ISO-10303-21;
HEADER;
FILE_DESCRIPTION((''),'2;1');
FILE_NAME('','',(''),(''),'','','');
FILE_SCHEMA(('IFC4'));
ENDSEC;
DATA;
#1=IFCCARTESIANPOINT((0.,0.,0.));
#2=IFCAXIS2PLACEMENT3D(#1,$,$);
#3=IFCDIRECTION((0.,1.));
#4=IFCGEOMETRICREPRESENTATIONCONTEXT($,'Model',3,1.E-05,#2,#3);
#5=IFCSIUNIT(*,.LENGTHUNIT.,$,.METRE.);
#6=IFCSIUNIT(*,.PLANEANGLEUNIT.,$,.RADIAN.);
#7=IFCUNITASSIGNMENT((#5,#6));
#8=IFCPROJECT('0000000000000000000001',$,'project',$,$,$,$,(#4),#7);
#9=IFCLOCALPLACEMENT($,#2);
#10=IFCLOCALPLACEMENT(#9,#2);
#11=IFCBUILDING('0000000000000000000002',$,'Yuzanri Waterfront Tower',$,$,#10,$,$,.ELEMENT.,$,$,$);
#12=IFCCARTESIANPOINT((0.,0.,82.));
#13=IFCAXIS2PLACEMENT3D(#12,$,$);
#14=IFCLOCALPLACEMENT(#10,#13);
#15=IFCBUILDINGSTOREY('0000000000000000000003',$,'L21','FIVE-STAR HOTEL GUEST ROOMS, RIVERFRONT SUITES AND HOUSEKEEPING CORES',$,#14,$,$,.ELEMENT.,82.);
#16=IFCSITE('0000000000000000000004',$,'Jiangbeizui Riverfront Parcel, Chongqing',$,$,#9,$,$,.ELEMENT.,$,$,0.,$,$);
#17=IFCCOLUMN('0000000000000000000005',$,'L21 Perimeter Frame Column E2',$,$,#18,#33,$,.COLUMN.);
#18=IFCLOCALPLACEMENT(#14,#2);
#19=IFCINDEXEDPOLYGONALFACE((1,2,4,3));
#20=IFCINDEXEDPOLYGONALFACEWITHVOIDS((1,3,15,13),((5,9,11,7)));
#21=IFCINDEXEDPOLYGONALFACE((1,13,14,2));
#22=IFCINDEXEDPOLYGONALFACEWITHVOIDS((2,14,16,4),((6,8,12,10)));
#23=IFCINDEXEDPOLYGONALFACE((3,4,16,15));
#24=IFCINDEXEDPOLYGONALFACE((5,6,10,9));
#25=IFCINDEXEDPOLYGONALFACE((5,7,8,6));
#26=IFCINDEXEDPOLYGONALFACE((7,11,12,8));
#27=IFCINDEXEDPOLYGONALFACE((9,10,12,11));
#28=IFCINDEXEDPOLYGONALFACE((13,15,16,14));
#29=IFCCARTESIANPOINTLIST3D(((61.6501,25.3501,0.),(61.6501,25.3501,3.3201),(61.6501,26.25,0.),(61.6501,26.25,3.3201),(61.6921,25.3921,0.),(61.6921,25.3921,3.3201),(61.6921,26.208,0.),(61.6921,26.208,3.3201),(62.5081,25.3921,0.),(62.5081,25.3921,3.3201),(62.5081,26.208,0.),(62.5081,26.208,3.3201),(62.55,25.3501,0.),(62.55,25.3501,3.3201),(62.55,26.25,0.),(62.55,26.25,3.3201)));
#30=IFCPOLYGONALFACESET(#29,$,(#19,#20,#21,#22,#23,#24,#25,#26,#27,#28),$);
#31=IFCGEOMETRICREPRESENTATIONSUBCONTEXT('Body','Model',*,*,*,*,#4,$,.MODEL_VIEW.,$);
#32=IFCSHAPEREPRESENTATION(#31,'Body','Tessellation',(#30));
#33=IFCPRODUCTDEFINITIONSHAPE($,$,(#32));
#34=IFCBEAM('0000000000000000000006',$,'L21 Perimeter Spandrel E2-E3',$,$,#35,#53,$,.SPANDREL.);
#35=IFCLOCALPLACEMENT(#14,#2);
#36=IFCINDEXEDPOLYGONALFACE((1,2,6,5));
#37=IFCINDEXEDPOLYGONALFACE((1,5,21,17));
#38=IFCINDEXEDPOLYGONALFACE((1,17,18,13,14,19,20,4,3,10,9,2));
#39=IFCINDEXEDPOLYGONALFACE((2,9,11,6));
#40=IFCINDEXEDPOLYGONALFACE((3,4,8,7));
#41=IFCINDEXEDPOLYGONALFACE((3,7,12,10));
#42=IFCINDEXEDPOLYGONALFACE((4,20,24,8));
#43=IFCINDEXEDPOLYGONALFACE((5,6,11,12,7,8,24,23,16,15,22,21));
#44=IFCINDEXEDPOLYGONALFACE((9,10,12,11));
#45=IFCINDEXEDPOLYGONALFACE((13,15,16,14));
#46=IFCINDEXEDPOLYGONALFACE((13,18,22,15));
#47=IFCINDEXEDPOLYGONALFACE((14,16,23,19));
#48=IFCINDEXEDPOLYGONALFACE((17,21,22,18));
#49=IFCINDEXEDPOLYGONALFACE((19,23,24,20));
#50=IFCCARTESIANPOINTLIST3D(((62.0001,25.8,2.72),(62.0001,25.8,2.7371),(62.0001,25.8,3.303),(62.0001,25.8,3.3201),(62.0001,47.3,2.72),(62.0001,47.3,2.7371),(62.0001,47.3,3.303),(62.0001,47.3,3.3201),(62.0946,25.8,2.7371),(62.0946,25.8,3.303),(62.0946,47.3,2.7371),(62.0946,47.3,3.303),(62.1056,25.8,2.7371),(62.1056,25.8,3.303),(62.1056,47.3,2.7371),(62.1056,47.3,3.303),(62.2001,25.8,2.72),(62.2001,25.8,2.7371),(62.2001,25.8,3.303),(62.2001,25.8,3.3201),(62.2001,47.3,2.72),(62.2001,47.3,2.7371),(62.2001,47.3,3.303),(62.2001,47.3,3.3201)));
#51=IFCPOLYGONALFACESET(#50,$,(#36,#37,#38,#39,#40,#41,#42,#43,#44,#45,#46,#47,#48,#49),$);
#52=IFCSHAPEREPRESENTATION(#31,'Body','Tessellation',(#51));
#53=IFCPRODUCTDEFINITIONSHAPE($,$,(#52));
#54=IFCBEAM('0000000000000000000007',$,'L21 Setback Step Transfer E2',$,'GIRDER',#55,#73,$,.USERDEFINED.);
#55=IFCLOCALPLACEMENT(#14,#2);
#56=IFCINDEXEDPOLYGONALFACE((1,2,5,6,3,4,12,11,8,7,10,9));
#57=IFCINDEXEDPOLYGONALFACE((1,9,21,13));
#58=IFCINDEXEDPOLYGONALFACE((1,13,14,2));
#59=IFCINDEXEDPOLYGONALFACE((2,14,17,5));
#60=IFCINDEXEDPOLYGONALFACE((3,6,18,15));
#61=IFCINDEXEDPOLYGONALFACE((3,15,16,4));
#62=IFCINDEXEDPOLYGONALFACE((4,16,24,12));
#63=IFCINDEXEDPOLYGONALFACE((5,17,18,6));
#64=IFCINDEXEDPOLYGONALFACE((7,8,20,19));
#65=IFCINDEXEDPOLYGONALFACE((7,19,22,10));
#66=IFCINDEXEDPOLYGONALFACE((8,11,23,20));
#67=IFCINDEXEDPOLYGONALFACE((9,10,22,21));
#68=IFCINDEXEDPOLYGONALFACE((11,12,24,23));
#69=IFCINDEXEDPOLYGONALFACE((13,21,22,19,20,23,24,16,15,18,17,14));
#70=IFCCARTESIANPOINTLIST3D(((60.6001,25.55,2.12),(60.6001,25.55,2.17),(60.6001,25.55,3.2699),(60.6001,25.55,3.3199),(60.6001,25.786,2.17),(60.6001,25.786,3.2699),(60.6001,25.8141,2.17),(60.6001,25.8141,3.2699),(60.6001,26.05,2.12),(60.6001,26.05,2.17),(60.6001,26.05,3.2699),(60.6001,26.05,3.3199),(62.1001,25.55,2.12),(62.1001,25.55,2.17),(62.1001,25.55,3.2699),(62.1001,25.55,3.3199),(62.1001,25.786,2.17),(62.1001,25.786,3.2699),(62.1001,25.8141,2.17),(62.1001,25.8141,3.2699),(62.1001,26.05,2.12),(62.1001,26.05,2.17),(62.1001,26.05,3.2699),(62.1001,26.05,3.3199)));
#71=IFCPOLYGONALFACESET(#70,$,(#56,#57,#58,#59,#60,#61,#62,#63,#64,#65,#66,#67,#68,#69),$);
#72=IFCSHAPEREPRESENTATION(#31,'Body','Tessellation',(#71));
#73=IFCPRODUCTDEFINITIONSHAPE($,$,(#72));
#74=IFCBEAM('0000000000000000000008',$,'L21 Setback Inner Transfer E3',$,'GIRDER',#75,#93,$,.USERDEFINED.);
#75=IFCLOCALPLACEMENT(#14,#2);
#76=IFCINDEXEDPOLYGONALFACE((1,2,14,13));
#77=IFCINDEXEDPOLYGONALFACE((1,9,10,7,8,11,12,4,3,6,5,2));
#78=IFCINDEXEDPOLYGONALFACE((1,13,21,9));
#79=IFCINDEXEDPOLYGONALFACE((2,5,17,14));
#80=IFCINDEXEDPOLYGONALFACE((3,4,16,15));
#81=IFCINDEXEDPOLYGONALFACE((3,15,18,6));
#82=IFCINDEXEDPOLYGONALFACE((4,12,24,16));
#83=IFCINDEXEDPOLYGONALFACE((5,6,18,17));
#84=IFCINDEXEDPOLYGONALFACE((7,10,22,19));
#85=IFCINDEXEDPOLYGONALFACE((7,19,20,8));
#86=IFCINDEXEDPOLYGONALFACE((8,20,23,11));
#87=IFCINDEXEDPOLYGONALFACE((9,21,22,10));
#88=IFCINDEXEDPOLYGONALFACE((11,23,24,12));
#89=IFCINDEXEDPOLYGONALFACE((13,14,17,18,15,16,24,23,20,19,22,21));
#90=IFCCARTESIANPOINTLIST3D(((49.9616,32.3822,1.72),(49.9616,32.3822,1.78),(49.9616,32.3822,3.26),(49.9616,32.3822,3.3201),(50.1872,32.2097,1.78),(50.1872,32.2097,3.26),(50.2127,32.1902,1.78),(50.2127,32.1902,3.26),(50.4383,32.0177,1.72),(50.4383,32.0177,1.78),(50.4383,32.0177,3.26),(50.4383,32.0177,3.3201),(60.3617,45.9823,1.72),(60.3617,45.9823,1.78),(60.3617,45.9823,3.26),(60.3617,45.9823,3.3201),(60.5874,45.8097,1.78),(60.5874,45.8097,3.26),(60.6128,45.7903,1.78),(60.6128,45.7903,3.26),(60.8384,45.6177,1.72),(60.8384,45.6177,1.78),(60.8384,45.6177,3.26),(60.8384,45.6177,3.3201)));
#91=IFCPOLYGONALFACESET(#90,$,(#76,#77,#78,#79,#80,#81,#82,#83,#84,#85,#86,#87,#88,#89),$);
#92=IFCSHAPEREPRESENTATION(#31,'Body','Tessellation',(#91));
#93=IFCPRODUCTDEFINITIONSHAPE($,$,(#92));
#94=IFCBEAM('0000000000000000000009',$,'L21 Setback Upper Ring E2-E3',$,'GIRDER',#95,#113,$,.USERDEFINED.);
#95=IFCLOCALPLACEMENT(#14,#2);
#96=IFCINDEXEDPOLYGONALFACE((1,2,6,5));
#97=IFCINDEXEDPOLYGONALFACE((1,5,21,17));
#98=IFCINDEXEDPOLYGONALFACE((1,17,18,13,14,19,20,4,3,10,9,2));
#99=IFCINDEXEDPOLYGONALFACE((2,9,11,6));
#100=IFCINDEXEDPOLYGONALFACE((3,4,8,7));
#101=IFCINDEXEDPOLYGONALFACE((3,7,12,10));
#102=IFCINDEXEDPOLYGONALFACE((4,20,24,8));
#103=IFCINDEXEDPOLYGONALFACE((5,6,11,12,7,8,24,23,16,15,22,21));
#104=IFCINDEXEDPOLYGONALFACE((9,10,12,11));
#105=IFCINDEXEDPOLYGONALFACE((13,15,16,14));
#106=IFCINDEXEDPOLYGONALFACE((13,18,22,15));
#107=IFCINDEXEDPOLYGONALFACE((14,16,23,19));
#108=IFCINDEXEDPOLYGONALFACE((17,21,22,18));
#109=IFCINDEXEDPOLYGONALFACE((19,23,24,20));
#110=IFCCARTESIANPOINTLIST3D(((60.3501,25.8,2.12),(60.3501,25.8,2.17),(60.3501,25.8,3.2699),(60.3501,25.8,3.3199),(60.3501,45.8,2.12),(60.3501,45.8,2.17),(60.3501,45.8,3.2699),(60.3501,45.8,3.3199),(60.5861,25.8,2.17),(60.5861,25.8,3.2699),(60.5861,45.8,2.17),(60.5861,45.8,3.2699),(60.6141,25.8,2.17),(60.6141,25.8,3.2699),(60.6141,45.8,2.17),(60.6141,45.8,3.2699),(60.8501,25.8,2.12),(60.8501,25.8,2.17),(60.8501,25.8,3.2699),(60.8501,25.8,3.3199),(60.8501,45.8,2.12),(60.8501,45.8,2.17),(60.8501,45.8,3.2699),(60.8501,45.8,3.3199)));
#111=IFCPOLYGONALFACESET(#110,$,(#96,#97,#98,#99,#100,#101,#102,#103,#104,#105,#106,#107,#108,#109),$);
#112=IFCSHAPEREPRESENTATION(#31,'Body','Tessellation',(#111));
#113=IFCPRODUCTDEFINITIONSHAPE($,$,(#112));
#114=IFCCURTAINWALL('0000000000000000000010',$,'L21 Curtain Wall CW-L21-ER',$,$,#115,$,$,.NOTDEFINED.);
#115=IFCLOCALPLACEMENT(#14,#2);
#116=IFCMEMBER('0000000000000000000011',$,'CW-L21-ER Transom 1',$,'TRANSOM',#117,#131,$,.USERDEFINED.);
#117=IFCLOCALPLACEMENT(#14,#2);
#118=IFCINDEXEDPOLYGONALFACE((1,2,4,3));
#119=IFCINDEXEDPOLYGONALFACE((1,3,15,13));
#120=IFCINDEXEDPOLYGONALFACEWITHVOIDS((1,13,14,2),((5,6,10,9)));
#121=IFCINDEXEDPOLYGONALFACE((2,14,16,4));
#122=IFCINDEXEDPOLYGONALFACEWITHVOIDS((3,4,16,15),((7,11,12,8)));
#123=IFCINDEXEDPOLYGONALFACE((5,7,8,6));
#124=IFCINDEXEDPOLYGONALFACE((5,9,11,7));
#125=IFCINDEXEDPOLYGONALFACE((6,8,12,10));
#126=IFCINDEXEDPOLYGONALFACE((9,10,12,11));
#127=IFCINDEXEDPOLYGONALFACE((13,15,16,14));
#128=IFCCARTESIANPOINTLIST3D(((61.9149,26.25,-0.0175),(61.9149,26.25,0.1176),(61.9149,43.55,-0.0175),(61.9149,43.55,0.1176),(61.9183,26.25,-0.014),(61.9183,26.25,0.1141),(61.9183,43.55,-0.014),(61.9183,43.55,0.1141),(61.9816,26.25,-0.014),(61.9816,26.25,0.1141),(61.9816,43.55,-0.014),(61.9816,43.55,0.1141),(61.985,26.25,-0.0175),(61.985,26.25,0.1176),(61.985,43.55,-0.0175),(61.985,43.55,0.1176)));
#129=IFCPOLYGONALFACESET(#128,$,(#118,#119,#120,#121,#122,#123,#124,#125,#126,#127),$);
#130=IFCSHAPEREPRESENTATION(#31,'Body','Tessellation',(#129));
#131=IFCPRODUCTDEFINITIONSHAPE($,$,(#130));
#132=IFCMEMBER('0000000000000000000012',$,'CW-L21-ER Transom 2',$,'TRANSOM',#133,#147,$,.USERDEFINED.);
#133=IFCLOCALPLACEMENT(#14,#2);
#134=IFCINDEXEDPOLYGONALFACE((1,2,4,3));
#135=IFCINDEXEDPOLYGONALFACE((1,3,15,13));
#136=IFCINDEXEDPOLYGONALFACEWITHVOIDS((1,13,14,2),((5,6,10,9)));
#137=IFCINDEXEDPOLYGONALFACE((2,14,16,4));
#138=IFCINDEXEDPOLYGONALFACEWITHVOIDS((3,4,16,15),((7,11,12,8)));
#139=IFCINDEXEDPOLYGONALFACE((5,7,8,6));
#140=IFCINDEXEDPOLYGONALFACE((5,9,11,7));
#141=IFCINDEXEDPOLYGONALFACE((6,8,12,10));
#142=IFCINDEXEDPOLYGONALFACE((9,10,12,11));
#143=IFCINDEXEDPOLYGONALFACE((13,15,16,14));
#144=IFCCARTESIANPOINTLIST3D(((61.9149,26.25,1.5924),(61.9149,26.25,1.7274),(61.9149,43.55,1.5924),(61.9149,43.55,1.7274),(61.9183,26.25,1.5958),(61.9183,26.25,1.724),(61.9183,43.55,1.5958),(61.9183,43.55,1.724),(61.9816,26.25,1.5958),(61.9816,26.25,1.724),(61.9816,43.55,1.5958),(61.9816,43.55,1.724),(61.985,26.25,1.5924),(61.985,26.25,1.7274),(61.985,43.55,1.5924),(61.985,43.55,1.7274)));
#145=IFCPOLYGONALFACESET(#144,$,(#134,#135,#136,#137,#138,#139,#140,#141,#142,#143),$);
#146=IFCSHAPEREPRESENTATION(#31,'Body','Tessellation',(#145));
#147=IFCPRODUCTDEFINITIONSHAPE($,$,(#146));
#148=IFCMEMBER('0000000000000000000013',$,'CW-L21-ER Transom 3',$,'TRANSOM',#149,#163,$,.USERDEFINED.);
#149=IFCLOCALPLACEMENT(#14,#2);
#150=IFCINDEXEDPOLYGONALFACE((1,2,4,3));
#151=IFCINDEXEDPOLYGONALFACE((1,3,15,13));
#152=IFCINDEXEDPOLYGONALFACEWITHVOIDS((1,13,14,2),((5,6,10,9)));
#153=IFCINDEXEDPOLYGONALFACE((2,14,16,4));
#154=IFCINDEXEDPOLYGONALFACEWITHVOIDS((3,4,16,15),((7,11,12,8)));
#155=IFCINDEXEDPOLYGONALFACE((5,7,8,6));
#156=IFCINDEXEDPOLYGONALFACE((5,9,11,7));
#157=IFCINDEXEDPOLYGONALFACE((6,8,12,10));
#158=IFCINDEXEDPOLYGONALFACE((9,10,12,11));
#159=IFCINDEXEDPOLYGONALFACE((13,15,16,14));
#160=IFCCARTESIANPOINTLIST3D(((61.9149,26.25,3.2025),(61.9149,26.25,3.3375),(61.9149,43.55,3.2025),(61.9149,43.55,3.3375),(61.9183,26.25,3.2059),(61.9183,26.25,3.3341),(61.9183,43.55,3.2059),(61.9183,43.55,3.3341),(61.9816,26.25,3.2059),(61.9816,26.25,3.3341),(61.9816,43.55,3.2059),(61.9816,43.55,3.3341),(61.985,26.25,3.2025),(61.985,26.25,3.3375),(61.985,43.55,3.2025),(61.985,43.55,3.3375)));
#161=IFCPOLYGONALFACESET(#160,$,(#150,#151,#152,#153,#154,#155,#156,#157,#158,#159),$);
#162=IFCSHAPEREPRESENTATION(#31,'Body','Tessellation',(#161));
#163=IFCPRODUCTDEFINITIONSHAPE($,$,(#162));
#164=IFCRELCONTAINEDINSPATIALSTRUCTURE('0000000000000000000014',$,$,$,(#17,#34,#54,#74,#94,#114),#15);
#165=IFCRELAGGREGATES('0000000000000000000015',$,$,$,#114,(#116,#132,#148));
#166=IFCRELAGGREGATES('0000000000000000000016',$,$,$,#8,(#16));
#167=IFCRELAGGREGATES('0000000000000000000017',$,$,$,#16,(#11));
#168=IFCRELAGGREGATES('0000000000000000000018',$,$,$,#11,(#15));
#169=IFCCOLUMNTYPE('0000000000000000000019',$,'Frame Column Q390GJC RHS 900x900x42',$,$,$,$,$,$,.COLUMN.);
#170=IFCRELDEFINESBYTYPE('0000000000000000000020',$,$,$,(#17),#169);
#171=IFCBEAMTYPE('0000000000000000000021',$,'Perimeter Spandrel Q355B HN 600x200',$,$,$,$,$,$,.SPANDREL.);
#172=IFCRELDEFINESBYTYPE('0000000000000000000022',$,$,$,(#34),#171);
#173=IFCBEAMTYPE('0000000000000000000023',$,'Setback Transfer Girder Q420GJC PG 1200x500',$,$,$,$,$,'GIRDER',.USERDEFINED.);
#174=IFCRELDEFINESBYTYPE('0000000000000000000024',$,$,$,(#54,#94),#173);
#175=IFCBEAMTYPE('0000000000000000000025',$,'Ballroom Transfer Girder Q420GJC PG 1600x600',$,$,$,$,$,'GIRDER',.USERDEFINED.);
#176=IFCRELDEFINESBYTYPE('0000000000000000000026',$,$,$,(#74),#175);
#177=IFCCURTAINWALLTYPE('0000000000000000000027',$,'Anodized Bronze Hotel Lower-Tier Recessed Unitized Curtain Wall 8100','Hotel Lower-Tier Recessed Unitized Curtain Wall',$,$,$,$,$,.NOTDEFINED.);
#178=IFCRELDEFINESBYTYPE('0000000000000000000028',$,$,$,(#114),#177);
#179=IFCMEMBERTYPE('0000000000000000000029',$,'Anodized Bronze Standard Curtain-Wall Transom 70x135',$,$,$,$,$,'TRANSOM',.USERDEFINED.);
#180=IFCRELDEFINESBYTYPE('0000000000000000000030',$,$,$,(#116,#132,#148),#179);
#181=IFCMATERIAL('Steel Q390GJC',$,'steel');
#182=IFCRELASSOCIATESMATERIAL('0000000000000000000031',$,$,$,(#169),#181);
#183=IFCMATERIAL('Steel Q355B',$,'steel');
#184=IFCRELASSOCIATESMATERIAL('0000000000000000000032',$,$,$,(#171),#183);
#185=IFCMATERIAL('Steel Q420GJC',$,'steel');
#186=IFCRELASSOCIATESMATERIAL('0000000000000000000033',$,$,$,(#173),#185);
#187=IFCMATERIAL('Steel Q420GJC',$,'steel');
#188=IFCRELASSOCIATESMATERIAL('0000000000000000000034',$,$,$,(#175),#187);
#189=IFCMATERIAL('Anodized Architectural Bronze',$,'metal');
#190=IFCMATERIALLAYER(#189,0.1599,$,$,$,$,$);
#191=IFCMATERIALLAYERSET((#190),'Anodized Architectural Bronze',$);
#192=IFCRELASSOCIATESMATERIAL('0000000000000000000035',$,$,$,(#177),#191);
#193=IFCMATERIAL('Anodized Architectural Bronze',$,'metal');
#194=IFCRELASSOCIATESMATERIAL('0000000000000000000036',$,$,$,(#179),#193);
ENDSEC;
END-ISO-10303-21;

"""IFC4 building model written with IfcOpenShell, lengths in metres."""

from ifc_helpers import new_model, si_unit, direction, frame, origin, origin_2d, place, context, subcontext, project, spatial, hollow_rectangle, i_section, extrude, source, transform, mapped, material, layer, layer_set, material_profile, profile_set, type_object, element, aggregate, save


model = new_model("IFC4")

# Units and contexts
model_context = context("Model", 3, precision=1e-05, world=origin(), true_north=direction((0.0, 1.0)))
body_context = subcontext(model_context, "Body", "Model", "MODEL_VIEW")
ifc_project = project(units=[si_unit("LENGTHUNIT", "METRE"), si_unit("PLANEANGLEUNIT", "RADIAN")], contexts=[model_context])

# Site, building, storey
site_placement = place(None, origin())
site = spatial("IfcSite", under=ifc_project, at=site_placement, Name="Jiangbeizui Riverfront Parcel, Chongqing", CompositionType="ELEMENT", RefElevation=0.0)
building_placement = place(site_placement, origin())
building = spatial("IfcBuilding", under=site, at=building_placement, Name="Yuzanri Waterfront Tower", CompositionType="ELEMENT")
storey_placement = place(building_placement, frame((0.0, 0.0, 82.0)))
storey = spatial("IfcBuildingStorey", under=building, at=storey_placement, Name="L21", Description="FIVE-STAR HOTEL GUEST ROOMS, RIVERFRONT SUITES AND HOUSEKEEPING CORES", CompositionType="ELEMENT", Elevation=82.0)

# Column
ifc_material_1 = material(Name="Steel Q390GJC", Category="steel")
ifc_material_profile_1 = material_profile(ifc_material_1, hollow_rectangle(XDim=0.8999, YDim=0.8999, WallThickness=0.042, at=origin_2d()), Name="RHS 900x900x42")
ifc_profile_set_1 = profile_set([ifc_material_profile_1], Name="Steel Q390GJC")
column_type = type_object("IfcColumnType", Name="Frame Column Q390GJC RHS 900x900x42", PredefinedType="COLUMN", material=ifc_profile_set_1)
shared_shape_1 = source(origin(), body_context, "Body", "SweptSolid", [
    extrude(hollow_rectangle(XDim=0.8999, YDim=0.8999, WallThickness=0.042, at=origin_2d()), origin(), (0.0, 0.0, 1.0), 3.3201),
])
column_placement = place(storey_placement, frame((62.1001, 25.8, 0.0), z_axis=(0.0, 0.0, 1.0), x_axis=(1.0, 0.0, 0.0)))
element("IfcColumn", 1, at=column_placement, inside=storey, type_object=column_type, Name="L21 Perimeter Frame Column E2", PredefinedType="COLUMN", context=body_context, shape_type="MappedRepresentation", body=[
    mapped(shared_shape_1, transform((0.0, 0.0, 0.0), scale=1.0)),
])

# Beams
ifc_material_2 = material(Name="Steel Q355B", Category="steel")
ifc_material_profile_2 = material_profile(ifc_material_2, i_section(OverallWidth=0.2, OverallDepth=0.6001, WebThickness=0.011, FlangeThickness=0.0171, at=origin_2d()), Name="HN 600x200x11x17")
ifc_profile_set_2 = profile_set([ifc_material_profile_2], Name="Steel Q355B")
beam_type_1 = type_object("IfcBeamType", Name="Perimeter Spandrel Q355B HN 600x200", PredefinedType="SPANDREL", material=ifc_profile_set_2)
shared_shape_2 = source(origin(), body_context, "Body", "SweptSolid", [
    extrude(i_section(OverallWidth=0.2, OverallDepth=0.6001, WebThickness=0.011, FlangeThickness=0.0171, at=origin_2d()), origin(), (0.0, 0.0, 1.0), 21.5),
])
beam_1_placement = place(storey_placement, frame((62.1001, 25.8, 3.02), z_axis=(0.0, 1.0, 0.0), x_axis=(-1.0, 0.0, 0.0)))
element("IfcBeam", 2, at=beam_1_placement, inside=storey, type_object=beam_type_1, Name="L21 Perimeter Spandrel E2-E3", PredefinedType="SPANDREL", context=body_context, shape_type="MappedRepresentation", body=[
    mapped(shared_shape_2, transform((0.0, 0.0, 0.0), scale=1.0)),
])
ifc_material_3 = material(Name="Steel Q420GJC", Category="steel")
ifc_material_profile_3 = material_profile(ifc_material_3, i_section(OverallWidth=0.5, OverallDepth=1.2, WebThickness=0.0281, FlangeThickness=0.05, at=origin_2d()), Name="PG 1200x500x28x50")
ifc_profile_set_3 = profile_set([ifc_material_profile_3], Name="Steel Q420GJC")
beam_type_2 = type_object("IfcBeamType", Name="Setback Transfer Girder Q420GJC PG 1200x500", ElementType="GIRDER", PredefinedType="USERDEFINED", material=ifc_profile_set_3)
shared_shape_3 = source(origin(), body_context, "Body", "SweptSolid", [
    extrude(i_section(OverallWidth=0.5, OverallDepth=1.2, WebThickness=0.0281, FlangeThickness=0.05, at=origin_2d()), origin(), (0.0, 0.0, 1.0), 1.5),
])
beam_2_placement = place(storey_placement, frame((60.6001, 25.8, 2.72), z_axis=(1.0, 0.0, 0.0), x_axis=(0.0, 1.0, 0.0)))
element("IfcBeam", 3, at=beam_2_placement, inside=storey, type_object=beam_type_2, Name="L21 Setback Step Transfer E2", ObjectType="GIRDER", PredefinedType="USERDEFINED", context=body_context, shape_type="MappedRepresentation", body=[
    mapped(shared_shape_3, transform((0.0, 0.0, 0.0), scale=1.0)),
])
ifc_material_4 = material(Name="Steel Q420GJC", Category="steel")
ifc_material_profile_4 = material_profile(ifc_material_4, i_section(OverallWidth=0.6001, OverallDepth=1.6001, WebThickness=0.032, FlangeThickness=0.0601, at=origin_2d()), Name="PG 1600x600x32x60")
ifc_profile_set_4 = profile_set([ifc_material_profile_4], Name="Steel Q420GJC")
beam_type_3 = type_object("IfcBeamType", Name="Ballroom Transfer Girder Q420GJC PG 1600x600", ElementType="GIRDER", PredefinedType="USERDEFINED", material=ifc_profile_set_4)
shared_shape_4 = source(origin(), body_context, "Body", "SweptSolid", [
    extrude(i_section(OverallWidth=0.6001, OverallDepth=1.6001, WebThickness=0.032, FlangeThickness=0.0601, at=origin_2d()), origin(), (0.0, 0.0, 1.0), 17.1208),
])
beam_3_placement = place(storey_placement, frame((50.2, 32.2, 2.52), z_axis=(0.607453, 0.794356, 0.0), x_axis=(-0.794356, 0.607453, 0.0)))
element("IfcBeam", 4, at=beam_3_placement, inside=storey, type_object=beam_type_3, Name="L21 Setback Inner Transfer E3", ObjectType="GIRDER", PredefinedType="USERDEFINED", context=body_context, shape_type="MappedRepresentation", body=[
    mapped(shared_shape_4, transform((0.0, 0.0, 0.0), scale=1.0)),
])
shared_shape_5 = source(origin(), body_context, "Body", "SweptSolid", [
    extrude(i_section(OverallWidth=0.5, OverallDepth=1.2, WebThickness=0.0281, FlangeThickness=0.05, at=origin_2d()), origin(), (0.0, 0.0, 1.0), 20.0),
])
beam_4_placement = place(storey_placement, frame((60.6001, 25.8, 2.72), z_axis=(0.0, 1.0, 0.0), x_axis=(-1.0, 0.0, 0.0)))
element("IfcBeam", 5, at=beam_4_placement, inside=storey, type_object=beam_type_2, Name="L21 Setback Upper Ring E2-E3", ObjectType="GIRDER", PredefinedType="USERDEFINED", context=body_context, shape_type="MappedRepresentation", body=[
    mapped(shared_shape_5, transform((0.0, 0.0, 0.0), scale=1.0)),
])

# Curtain wall, members
ifc_material_5 = material(Name="Anodized Architectural Bronze", Category="metal")
ifc_layer_1 = layer(ifc_material_5, 0.1599)
ifc_layer_set_1 = layer_set([ifc_layer_1], Name="Anodized Architectural Bronze")
curtain_wall_type = type_object("IfcCurtainWallType", Name="Anodized Bronze Hotel Lower-Tier Recessed Unitized Curtain Wall 8100", Description="Hotel Lower-Tier Recessed Unitized Curtain Wall", PredefinedType="NOTDEFINED", material=ifc_layer_set_1)
curtain_wall_placement = place(storey_placement, origin())
curtain_wall = element("IfcCurtainWall", 6, at=curtain_wall_placement, inside=storey, type_object=curtain_wall_type, Name="L21 Curtain Wall CW-L21-ER", PredefinedType="NOTDEFINED")
ifc_material_6 = material(Name="Anodized Architectural Bronze", Category="metal")
ifc_material_profile_5 = material_profile(ifc_material_6, hollow_rectangle(XDim=0.0701, YDim=0.135, WallThickness=0.0034, at=origin_2d()), Name="CWT 70x135")
ifc_profile_set_5 = profile_set([ifc_material_profile_5], Name="Anodized Architectural Bronze")
member_type_1 = type_object("IfcMemberType", Name="Anodized Bronze Standard Curtain-Wall Transom 70x135", ElementType="TRANSOM", PredefinedType="USERDEFINED", material=ifc_profile_set_5)
shared_shape_6 = source(origin(), body_context, "Body", "SweptSolid", [
    extrude(hollow_rectangle(XDim=0.0701, YDim=0.135, WallThickness=0.0034, at=origin_2d()), origin(), (0.0, 0.0, 1.0), 17.3),
])
member_1_placement = place(storey_placement, frame((61.95, 26.25, 0.05), z_axis=(0.0, 1.0, 0.0), x_axis=(-1.0, 0.0, 0.0)))
member_1 = element("IfcMember", 7, at=member_1_placement, type_object=member_type_1, Name="CW-L21-ER Transom 1", ObjectType="TRANSOM", PredefinedType="USERDEFINED", context=body_context, shape_type="MappedRepresentation", body=[
    mapped(shared_shape_6, transform((0.0, 0.0, 0.0), scale=1.0)),
])
member_2_placement = place(storey_placement, frame((61.95, 26.25, 1.6599), z_axis=(0.0, 1.0, 0.0), x_axis=(-1.0, 0.0, 0.0)))
member_2 = element("IfcMember", 8, at=member_2_placement, type_object=member_type_1, Name="CW-L21-ER Transom 2", ObjectType="TRANSOM", PredefinedType="USERDEFINED", context=body_context, shape_type="MappedRepresentation", body=[
    mapped(shared_shape_6, transform((0.0, 0.0, 0.0), scale=1.0)),
])
member_3_placement = place(storey_placement, frame((61.95, 26.25, 3.27), z_axis=(0.0, 1.0, 0.0), x_axis=(-1.0, 0.0, 0.0)))
member_3 = element("IfcMember", 9, at=member_3_placement, type_object=member_type_1, Name="CW-L21-ER Transom 3", ObjectType="TRANSOM", PredefinedType="USERDEFINED", context=body_context, shape_type="MappedRepresentation", body=[
    mapped(shared_shape_6, transform((0.0, 0.0, 0.0), scale=1.0)),
])

aggregate(curtain_wall, [member_1, member_2, member_3])

save(model, "model.ifc")
